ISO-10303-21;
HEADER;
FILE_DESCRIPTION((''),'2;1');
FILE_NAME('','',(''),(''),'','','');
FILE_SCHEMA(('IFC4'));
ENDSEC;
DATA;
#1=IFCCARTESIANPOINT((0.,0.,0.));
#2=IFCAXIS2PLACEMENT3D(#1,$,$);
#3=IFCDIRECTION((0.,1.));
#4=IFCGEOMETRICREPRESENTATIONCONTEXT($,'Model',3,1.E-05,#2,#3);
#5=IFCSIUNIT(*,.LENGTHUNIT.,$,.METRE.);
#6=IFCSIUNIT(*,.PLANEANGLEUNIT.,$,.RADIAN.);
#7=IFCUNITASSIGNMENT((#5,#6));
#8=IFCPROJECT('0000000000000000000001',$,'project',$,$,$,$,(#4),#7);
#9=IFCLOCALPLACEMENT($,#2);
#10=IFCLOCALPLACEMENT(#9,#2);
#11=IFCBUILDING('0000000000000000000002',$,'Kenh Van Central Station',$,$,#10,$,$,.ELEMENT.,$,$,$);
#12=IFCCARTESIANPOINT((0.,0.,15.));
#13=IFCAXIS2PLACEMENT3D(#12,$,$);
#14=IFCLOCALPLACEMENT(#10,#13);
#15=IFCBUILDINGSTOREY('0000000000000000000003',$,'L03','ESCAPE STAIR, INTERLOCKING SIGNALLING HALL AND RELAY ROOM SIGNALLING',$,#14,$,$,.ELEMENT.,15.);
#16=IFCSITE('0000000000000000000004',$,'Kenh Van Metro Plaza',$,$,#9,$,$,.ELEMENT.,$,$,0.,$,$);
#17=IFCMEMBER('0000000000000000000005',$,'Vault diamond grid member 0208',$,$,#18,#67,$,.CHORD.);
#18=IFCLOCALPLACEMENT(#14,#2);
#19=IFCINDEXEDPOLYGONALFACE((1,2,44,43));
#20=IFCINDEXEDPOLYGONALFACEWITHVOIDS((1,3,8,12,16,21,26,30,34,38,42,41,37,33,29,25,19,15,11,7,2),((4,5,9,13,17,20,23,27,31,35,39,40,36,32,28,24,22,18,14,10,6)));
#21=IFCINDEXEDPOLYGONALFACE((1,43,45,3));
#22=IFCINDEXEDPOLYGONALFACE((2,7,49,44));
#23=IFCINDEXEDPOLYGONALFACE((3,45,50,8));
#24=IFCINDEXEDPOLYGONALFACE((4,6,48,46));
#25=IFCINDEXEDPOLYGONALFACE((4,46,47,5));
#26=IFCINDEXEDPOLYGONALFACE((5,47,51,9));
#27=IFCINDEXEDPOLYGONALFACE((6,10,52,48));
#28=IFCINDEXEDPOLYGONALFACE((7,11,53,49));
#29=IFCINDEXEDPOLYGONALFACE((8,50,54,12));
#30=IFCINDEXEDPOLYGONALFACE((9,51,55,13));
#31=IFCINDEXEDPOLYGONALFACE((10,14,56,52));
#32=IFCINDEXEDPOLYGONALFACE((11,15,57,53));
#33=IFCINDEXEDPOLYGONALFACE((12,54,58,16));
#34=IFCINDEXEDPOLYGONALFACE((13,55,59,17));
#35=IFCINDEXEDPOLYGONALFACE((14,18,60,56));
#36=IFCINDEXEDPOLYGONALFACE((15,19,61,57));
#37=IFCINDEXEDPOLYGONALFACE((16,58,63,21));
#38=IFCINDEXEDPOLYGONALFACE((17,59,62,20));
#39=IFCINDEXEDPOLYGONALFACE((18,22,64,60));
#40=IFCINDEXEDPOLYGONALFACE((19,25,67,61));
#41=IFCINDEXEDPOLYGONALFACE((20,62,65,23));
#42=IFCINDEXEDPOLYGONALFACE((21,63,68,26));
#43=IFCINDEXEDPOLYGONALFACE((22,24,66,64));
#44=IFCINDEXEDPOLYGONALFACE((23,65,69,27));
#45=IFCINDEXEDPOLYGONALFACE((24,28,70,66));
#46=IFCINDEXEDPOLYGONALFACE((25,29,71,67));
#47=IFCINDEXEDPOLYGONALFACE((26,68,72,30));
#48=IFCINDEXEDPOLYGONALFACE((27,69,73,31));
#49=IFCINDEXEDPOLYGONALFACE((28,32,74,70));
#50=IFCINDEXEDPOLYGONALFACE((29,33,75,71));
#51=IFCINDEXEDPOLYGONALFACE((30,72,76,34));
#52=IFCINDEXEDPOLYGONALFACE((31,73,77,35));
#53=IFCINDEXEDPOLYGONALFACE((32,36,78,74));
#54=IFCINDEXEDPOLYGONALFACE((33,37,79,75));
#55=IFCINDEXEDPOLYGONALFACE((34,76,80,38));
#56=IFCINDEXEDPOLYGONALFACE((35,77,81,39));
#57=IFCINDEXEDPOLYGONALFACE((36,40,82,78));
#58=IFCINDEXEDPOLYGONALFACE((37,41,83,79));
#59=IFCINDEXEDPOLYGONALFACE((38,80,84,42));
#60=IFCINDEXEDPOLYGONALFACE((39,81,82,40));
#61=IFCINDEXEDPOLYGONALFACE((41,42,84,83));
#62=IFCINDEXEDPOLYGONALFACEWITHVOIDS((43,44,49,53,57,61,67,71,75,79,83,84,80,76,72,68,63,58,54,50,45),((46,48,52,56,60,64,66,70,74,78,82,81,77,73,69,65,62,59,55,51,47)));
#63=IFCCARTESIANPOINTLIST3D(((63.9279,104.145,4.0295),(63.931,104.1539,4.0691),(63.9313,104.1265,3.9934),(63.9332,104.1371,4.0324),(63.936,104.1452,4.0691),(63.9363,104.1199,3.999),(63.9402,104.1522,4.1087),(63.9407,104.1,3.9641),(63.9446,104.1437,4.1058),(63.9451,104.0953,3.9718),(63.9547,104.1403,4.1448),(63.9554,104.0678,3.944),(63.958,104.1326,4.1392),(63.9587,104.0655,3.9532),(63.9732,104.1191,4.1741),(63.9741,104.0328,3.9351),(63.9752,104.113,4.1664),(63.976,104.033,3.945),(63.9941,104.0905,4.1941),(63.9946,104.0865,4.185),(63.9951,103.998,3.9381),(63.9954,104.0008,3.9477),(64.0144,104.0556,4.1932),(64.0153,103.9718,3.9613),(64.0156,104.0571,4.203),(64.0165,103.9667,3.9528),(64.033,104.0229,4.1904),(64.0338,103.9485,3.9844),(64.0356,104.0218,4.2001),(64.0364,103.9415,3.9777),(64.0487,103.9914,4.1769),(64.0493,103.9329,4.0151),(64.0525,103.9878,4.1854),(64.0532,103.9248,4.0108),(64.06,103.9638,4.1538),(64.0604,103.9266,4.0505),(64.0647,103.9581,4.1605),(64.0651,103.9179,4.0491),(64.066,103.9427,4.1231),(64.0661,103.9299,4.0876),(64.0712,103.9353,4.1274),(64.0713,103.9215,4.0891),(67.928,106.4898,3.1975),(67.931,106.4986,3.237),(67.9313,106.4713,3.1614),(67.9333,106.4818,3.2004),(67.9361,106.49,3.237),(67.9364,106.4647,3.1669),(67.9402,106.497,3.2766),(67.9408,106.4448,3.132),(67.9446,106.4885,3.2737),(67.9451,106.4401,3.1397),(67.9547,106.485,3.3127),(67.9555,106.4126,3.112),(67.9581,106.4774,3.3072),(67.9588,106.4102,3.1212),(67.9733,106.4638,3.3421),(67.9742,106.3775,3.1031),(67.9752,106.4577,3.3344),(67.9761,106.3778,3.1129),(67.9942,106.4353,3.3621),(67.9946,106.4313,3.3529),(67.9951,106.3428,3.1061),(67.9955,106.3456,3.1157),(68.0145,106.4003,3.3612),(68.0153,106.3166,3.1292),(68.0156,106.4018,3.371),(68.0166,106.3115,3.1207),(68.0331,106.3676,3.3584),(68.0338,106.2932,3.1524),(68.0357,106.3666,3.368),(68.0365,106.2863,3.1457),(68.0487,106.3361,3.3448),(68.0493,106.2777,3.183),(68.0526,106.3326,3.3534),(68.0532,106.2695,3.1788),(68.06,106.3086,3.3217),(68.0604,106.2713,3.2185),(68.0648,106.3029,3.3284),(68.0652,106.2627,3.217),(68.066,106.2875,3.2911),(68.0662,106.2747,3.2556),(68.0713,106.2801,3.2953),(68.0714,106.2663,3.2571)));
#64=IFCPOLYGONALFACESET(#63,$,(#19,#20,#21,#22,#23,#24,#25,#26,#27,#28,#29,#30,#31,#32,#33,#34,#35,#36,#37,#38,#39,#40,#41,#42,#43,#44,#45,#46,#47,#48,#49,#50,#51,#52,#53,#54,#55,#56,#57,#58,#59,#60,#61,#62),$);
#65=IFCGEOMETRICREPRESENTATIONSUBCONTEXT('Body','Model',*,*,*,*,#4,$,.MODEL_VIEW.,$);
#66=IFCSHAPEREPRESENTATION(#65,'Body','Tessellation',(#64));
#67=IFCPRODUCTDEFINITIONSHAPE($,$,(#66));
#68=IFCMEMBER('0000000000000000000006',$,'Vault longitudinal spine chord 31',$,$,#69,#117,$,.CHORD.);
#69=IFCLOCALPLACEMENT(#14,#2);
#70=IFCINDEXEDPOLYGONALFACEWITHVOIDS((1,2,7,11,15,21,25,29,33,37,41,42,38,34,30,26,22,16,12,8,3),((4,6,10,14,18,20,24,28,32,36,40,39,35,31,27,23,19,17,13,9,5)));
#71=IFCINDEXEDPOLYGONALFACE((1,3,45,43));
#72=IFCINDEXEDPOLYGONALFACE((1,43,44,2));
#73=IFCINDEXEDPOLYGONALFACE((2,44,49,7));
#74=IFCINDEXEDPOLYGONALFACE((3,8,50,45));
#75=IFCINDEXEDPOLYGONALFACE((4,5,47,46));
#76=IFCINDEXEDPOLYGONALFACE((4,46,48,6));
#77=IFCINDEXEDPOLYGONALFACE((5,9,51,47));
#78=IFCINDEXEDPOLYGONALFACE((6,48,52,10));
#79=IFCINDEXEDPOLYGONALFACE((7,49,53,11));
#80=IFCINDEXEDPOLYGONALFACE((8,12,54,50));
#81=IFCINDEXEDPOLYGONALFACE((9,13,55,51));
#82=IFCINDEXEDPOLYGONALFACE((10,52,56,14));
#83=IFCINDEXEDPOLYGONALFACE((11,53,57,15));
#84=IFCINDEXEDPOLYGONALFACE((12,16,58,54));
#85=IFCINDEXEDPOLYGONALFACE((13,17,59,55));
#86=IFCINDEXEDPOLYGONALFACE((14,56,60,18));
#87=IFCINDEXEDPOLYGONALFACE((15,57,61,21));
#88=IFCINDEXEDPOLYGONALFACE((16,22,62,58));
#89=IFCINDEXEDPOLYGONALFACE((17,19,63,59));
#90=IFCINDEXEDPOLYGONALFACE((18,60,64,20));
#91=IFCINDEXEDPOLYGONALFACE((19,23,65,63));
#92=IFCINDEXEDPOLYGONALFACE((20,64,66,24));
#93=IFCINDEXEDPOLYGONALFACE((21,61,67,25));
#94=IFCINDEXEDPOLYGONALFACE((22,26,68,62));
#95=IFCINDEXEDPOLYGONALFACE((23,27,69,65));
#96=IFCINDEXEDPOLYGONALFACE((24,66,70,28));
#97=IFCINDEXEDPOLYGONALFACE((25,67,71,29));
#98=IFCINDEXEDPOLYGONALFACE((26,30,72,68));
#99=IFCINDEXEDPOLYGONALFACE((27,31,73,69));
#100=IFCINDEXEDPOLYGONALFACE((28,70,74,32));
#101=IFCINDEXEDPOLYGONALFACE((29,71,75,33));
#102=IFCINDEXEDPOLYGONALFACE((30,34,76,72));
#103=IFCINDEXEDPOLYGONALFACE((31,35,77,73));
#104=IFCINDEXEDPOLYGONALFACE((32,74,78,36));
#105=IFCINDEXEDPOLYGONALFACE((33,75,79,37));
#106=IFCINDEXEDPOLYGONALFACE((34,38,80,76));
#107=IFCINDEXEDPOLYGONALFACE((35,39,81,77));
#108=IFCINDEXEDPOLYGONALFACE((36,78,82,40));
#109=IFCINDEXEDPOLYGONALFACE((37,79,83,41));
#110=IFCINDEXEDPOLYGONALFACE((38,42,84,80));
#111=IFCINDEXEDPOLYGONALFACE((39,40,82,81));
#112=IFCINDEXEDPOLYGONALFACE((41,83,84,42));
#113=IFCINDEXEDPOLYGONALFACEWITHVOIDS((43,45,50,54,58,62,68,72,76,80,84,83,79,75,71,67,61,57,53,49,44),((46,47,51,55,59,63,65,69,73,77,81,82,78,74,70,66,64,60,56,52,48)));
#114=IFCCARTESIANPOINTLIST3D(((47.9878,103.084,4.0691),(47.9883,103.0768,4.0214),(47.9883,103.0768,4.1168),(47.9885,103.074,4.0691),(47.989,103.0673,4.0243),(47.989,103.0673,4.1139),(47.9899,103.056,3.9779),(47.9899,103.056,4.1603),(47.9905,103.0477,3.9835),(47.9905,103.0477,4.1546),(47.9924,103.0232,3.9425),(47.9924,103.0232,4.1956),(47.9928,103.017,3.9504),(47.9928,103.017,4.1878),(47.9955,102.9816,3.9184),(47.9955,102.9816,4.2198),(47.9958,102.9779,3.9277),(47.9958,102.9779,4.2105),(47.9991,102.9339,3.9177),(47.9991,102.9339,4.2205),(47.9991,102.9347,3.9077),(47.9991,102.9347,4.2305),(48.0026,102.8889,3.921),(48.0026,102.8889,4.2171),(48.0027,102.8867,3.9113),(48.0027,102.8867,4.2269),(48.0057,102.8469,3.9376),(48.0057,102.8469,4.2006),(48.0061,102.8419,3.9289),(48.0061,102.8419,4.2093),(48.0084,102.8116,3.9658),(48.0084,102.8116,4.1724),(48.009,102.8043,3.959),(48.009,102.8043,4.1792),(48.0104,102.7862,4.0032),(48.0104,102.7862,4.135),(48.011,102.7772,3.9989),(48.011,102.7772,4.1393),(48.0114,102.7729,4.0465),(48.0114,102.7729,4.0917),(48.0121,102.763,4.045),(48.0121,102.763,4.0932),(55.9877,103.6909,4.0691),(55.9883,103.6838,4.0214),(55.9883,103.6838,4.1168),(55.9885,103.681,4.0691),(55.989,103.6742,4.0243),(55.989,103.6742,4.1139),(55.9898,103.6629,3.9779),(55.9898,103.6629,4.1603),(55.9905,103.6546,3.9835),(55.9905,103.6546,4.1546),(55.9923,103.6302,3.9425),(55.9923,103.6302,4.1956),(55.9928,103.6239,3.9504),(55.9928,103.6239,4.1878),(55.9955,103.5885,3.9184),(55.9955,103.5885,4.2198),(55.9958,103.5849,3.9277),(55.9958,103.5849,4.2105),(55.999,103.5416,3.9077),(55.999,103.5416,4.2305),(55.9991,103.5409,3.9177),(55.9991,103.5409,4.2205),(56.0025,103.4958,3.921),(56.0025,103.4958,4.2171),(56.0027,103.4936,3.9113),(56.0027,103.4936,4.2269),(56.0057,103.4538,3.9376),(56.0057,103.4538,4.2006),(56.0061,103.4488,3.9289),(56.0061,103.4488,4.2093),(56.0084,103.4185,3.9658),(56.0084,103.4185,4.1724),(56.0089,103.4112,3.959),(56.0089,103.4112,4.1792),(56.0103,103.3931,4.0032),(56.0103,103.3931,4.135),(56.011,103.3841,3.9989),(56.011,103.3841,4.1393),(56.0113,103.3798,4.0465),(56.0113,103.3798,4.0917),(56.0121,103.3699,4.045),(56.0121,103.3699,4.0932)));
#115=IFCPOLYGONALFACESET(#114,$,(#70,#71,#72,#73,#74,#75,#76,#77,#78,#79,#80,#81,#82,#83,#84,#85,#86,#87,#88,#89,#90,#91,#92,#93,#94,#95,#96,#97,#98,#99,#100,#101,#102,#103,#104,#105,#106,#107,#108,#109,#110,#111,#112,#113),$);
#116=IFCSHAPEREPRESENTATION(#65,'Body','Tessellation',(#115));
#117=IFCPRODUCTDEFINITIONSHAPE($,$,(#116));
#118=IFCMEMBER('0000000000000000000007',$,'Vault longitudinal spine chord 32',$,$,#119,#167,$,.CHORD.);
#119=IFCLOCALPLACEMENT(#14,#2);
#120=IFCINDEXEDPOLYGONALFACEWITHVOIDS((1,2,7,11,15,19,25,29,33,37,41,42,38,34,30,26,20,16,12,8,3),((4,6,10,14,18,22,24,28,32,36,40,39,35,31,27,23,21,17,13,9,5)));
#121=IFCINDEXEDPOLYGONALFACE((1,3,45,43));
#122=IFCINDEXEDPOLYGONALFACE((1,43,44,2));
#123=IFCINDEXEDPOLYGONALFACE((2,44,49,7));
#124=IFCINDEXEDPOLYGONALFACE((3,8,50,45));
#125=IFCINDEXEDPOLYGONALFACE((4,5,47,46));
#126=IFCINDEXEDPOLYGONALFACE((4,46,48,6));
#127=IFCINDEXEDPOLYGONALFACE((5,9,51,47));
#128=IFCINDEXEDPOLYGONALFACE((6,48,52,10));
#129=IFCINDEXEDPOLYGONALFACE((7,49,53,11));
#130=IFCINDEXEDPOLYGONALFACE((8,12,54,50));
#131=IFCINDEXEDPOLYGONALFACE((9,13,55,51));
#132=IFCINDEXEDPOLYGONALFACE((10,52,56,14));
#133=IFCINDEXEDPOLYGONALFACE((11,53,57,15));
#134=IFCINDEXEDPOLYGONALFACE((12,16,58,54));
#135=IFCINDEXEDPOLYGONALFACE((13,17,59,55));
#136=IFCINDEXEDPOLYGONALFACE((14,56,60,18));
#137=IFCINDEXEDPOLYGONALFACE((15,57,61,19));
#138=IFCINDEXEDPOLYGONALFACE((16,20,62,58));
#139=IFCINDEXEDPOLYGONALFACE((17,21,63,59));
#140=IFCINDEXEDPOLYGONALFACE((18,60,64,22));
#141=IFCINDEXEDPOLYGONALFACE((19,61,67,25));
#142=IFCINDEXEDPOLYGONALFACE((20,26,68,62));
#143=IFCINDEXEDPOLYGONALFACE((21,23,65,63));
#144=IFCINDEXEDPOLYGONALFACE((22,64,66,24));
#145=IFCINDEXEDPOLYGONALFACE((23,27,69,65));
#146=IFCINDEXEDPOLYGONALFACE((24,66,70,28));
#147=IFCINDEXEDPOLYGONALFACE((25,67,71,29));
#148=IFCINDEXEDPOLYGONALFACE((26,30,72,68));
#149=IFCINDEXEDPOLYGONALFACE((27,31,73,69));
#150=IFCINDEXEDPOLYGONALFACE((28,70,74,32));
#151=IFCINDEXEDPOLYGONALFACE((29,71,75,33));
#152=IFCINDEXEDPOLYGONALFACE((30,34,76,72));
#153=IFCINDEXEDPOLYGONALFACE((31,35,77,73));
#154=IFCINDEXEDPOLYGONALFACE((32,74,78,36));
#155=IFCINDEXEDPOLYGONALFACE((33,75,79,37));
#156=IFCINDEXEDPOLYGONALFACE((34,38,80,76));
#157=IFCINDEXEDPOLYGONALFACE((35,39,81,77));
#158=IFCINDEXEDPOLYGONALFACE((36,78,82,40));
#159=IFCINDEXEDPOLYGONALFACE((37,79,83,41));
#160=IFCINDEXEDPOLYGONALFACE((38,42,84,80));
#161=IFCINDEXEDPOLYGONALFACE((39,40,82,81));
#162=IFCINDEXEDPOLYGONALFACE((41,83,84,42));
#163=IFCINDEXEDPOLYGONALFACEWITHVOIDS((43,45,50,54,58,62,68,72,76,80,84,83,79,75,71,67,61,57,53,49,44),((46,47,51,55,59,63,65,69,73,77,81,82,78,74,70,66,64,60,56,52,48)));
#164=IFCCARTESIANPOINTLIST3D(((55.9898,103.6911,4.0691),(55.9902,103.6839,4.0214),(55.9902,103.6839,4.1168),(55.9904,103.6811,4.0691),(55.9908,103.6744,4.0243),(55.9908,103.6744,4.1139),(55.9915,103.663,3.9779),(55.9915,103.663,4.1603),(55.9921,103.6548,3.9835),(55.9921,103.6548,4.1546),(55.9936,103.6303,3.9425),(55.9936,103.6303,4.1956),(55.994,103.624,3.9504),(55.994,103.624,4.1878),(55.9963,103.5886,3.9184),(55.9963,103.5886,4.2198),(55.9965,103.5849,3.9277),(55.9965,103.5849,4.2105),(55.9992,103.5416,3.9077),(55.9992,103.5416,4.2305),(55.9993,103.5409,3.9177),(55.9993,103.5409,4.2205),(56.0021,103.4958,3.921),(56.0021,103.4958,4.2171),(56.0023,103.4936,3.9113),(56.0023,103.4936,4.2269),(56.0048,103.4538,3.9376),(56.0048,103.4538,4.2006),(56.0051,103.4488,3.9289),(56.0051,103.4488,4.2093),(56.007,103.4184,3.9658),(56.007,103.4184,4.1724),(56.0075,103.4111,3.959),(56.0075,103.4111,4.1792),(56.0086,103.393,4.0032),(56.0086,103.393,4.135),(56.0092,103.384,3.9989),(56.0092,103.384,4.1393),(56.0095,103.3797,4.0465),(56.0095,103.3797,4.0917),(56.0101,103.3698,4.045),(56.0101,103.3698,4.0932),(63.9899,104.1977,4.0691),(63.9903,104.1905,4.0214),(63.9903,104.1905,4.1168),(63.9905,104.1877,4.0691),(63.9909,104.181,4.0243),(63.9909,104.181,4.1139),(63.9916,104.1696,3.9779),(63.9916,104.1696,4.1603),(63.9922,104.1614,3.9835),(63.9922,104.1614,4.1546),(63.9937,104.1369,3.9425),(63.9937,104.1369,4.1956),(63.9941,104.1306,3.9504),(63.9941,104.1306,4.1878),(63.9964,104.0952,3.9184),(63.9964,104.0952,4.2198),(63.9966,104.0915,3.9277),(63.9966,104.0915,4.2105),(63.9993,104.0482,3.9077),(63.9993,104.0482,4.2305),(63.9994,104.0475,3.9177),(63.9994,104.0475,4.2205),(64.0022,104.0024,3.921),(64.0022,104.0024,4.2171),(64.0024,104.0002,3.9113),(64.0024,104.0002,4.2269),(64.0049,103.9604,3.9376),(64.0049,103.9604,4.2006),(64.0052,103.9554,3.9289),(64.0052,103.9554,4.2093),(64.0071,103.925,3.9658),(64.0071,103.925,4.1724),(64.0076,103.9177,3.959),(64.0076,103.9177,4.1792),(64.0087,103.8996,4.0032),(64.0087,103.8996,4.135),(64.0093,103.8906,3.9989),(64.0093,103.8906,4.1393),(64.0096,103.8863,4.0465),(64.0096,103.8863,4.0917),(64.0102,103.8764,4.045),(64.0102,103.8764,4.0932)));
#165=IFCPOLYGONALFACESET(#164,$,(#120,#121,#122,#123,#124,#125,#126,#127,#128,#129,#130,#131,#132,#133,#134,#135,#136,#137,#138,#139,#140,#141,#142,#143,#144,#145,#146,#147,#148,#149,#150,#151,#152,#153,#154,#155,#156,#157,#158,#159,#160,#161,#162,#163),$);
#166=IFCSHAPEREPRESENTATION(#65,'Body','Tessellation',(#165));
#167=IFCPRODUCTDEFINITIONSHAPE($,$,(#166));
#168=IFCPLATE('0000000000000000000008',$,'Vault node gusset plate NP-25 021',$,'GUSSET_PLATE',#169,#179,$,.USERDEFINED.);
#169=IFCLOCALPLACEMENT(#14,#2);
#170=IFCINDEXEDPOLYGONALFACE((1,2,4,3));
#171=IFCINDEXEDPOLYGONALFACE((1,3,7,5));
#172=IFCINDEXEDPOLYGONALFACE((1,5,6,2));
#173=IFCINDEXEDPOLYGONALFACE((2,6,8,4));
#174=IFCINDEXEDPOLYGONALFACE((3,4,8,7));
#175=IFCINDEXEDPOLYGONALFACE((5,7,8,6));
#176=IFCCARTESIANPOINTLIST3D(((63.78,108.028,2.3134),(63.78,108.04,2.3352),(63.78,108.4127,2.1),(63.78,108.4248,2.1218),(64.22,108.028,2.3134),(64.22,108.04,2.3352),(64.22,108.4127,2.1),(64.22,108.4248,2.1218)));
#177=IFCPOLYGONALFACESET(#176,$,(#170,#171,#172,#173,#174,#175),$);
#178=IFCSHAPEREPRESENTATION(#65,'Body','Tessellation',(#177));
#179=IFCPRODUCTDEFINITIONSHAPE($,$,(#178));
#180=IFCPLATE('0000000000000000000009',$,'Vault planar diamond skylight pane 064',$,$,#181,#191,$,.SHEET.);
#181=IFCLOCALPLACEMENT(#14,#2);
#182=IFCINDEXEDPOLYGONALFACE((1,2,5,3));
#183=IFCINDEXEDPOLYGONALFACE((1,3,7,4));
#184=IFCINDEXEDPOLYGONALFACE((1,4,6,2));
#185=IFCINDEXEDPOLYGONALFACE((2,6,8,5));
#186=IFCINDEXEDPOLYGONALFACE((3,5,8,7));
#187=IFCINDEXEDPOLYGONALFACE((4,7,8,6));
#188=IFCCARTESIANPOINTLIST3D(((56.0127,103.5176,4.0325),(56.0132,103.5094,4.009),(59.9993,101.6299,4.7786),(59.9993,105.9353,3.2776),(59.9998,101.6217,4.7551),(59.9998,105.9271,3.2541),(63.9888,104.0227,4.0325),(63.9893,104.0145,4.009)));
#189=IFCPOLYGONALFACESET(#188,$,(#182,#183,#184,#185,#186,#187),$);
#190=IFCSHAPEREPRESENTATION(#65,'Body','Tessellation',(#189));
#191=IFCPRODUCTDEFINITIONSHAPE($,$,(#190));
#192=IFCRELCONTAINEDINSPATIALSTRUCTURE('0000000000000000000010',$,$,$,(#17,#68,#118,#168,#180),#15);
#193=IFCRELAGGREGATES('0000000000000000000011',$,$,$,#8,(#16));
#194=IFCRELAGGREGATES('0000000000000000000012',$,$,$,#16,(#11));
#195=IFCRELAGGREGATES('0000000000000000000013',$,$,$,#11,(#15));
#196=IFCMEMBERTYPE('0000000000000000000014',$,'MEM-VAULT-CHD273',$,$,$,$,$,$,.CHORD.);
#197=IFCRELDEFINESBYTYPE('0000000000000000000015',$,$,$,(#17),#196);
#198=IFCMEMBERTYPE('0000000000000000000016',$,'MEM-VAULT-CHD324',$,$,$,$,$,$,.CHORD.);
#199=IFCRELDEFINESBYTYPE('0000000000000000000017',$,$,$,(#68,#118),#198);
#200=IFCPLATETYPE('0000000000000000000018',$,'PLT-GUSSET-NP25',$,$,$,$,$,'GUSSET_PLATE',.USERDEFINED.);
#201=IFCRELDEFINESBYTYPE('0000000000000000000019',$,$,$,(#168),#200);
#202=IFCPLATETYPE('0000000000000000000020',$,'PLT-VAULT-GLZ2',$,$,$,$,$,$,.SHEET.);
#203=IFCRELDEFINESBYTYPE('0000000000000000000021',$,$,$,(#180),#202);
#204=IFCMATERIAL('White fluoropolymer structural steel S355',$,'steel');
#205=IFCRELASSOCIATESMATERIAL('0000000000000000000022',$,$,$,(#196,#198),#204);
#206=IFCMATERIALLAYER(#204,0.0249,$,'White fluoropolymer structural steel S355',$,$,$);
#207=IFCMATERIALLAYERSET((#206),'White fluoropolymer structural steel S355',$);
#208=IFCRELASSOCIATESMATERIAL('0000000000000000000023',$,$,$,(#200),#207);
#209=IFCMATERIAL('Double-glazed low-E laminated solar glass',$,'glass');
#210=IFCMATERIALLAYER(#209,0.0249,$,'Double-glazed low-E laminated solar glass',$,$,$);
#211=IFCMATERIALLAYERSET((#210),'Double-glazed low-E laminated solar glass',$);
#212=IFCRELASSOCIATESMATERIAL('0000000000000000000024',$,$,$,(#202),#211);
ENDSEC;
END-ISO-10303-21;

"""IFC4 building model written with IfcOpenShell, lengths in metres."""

from ifc_helpers import new_model, si_unit, direction, frame, origin, origin_2d, place, context, subcontext, project, spatial, polyline, hollow_circle, outline, extrude, material, layer, layer_set, material_profile, profile_set, type_object, element, save


model = new_model("IFC4")

# Units and contexts
model_context = context("Model", 3, precision=1e-05, world=origin(), true_north=direction((0.0, 1.0)))
body_context = subcontext(model_context, "Body", "Model", "MODEL_VIEW")
ifc_project = project(units=[si_unit("LENGTHUNIT", "METRE"), si_unit("PLANEANGLEUNIT", "RADIAN")], contexts=[model_context])

# Site, building, storey
site_placement = place(None, origin())
site = spatial("IfcSite", under=ifc_project, at=site_placement, Name="Kenh Van Metro Plaza", CompositionType="ELEMENT", RefElevation=0.0)
building_placement = place(site_placement, origin())
building = spatial("IfcBuilding", under=site, at=building_placement, Name="Kenh Van Central Station", CompositionType="ELEMENT")
storey_placement = place(building_placement, frame((0.0, 0.0, 15.0)))
storey = spatial("IfcBuildingStorey", under=building, at=storey_placement, Name="L03", Description="ESCAPE STAIR, INTERLOCKING SIGNALLING HALL AND RELAY ROOM SIGNALLING", CompositionType="ELEMENT", Elevation=15.0)

# Shared definitions
ifc_material_1 = material(Name="White fluoropolymer structural steel S355", Category="steel")

# Members
ifc_material_profile_1 = material_profile(ifc_material_1, hollow_circle(Radius=0.1365, WallThickness=0.01, at=origin_2d()), Name="CHS 273x10")
ifc_profile_set_1 = profile_set([ifc_material_profile_1], Name="White fluoropolymer structural steel S355")
member_type_1 = type_object("IfcMemberType", Name="MEM-VAULT-CHD273", PredefinedType="CHORD", material=ifc_profile_set_1)
member_1_placement = place(storey_placement, frame((64.0, 104.0361, 4.0691), z_axis=(0.849144, 0.497752, -0.176629), x_axis=(-0.505703, 0.862707, 0.0)))
element("IfcMember", 1, at=member_1_placement, inside=storey, type_object=member_type_1, Name="Vault diamond grid member 0208", PredefinedType="CHORD", context=body_context, shape_type="SweptSolid", body=[
    extrude(hollow_circle(Radius=0.1365, WallThickness=0.01, at=origin_2d()), origin(), (0.0, 0.0, 1.0), 4.7107),
])
ifc_material_profile_2 = material_profile(ifc_material_1, hollow_circle(Radius=0.1619, WallThickness=0.01, at=origin_2d()), Name="CHS 323.9x10")
ifc_profile_set_2 = profile_set([ifc_material_profile_2], Name="White fluoropolymer structural steel S355")
member_type_2 = type_object("IfcMemberType", Name="MEM-VAULT-CHD324", PredefinedType="CHORD", material=ifc_profile_set_2)
member_2_placement = place(storey_placement, frame((48.0, 102.9226, 4.0691), z_axis=(0.997134, 0.075649, 0.0), x_axis=(-0.075649, 0.997134, 0.0)))
element("IfcMember", 2, at=member_2_placement, inside=storey, type_object=member_type_2, Name="Vault longitudinal spine chord 31", PredefinedType="CHORD", context=body_context, shape_type="SweptSolid", body=[
    extrude(hollow_circle(Radius=0.1619, WallThickness=0.01, at=origin_2d()), origin(), (0.0, 0.0, 1.0), 8.0229),
])
member_3_placement = place(storey_placement, frame((56.0, 103.5295, 4.0691), z_axis=(0.998001, 0.063197, 0.0), x_axis=(-0.063197, 0.998001, 0.0)))
element("IfcMember", 3, at=member_3_placement, inside=storey, type_object=member_type_2, Name="Vault longitudinal spine chord 32", PredefinedType="CHORD", context=body_context, shape_type="SweptSolid", body=[
    extrude(hollow_circle(Radius=0.1619, WallThickness=0.01, at=origin_2d()), origin(), (0.0, 0.0, 1.0), 8.0161),
])

# Plates
ifc_layer_1 = layer(ifc_material_1, 0.0249, Name="White fluoropolymer structural steel S355")
ifc_layer_set_1 = layer_set([ifc_layer_1], Name="White fluoropolymer structural steel S355")
plate_type_1 = type_object("IfcPlateType", Name="PLT-GUSSET-NP25", ElementType="GUSSET_PLATE", PredefinedType="USERDEFINED", material=ifc_layer_set_1)
plate_1_placement = place(storey_placement, frame((63.78, 108.04, 2.3352), z_axis=(0.0, 0.484983, 0.874523), x_axis=(1.0, 0.0, 0.0)))
element("IfcPlate", 4, at=plate_1_placement, inside=storey, type_object=plate_type_1, Name="Vault node gusset plate NP-25 021", ObjectType="GUSSET_PLATE", PredefinedType="USERDEFINED", context=body_context, shape_type="SweptSolid", body=[
    extrude(outline(polyline([(0.0, 0.0), (0.4399, 0.0), (0.4399, 0.44), (0.0, 0.44), (0.0, 0.0)])), origin(), (0.0, 0.0, -1.0), 0.0249),
])
ifc_material_2 = material(Name="Double-glazed low-E laminated solar glass", Category="glass")
ifc_layer_2 = layer(ifc_material_2, 0.0249, Name="Double-glazed low-E laminated solar glass")
ifc_layer_set_2 = layer_set([ifc_layer_2], Name="Double-glazed low-E laminated solar glass")
plate_type_2 = type_object("IfcPlateType", Name="PLT-VAULT-GLZ2", PredefinedType="SHEET", material=ifc_layer_set_2)
plate_2_placement = place(storey_placement, frame((56.0127, 103.5176, 4.0325), z_axis=(-0.020843, 0.329122, 0.944057), x_axis=(0.891139, -0.421965, 0.166783)))
element("IfcPlate", 5, at=plate_2_placement, inside=storey, type_object=plate_type_2, Name="Vault planar diamond skylight pane 064", PredefinedType="SHEET", context=body_context, shape_type="SweptSolid", body=[
    extrude(outline(polyline([(0.0, 0.0), (4.4736, 0.0), (6.8946, 4.0419), (2.4065, 4.0641), (0.0, 0.0)])), origin(), (0.0, 0.0, -1.0), 0.0249),
])

save(model, "model.ifc")
